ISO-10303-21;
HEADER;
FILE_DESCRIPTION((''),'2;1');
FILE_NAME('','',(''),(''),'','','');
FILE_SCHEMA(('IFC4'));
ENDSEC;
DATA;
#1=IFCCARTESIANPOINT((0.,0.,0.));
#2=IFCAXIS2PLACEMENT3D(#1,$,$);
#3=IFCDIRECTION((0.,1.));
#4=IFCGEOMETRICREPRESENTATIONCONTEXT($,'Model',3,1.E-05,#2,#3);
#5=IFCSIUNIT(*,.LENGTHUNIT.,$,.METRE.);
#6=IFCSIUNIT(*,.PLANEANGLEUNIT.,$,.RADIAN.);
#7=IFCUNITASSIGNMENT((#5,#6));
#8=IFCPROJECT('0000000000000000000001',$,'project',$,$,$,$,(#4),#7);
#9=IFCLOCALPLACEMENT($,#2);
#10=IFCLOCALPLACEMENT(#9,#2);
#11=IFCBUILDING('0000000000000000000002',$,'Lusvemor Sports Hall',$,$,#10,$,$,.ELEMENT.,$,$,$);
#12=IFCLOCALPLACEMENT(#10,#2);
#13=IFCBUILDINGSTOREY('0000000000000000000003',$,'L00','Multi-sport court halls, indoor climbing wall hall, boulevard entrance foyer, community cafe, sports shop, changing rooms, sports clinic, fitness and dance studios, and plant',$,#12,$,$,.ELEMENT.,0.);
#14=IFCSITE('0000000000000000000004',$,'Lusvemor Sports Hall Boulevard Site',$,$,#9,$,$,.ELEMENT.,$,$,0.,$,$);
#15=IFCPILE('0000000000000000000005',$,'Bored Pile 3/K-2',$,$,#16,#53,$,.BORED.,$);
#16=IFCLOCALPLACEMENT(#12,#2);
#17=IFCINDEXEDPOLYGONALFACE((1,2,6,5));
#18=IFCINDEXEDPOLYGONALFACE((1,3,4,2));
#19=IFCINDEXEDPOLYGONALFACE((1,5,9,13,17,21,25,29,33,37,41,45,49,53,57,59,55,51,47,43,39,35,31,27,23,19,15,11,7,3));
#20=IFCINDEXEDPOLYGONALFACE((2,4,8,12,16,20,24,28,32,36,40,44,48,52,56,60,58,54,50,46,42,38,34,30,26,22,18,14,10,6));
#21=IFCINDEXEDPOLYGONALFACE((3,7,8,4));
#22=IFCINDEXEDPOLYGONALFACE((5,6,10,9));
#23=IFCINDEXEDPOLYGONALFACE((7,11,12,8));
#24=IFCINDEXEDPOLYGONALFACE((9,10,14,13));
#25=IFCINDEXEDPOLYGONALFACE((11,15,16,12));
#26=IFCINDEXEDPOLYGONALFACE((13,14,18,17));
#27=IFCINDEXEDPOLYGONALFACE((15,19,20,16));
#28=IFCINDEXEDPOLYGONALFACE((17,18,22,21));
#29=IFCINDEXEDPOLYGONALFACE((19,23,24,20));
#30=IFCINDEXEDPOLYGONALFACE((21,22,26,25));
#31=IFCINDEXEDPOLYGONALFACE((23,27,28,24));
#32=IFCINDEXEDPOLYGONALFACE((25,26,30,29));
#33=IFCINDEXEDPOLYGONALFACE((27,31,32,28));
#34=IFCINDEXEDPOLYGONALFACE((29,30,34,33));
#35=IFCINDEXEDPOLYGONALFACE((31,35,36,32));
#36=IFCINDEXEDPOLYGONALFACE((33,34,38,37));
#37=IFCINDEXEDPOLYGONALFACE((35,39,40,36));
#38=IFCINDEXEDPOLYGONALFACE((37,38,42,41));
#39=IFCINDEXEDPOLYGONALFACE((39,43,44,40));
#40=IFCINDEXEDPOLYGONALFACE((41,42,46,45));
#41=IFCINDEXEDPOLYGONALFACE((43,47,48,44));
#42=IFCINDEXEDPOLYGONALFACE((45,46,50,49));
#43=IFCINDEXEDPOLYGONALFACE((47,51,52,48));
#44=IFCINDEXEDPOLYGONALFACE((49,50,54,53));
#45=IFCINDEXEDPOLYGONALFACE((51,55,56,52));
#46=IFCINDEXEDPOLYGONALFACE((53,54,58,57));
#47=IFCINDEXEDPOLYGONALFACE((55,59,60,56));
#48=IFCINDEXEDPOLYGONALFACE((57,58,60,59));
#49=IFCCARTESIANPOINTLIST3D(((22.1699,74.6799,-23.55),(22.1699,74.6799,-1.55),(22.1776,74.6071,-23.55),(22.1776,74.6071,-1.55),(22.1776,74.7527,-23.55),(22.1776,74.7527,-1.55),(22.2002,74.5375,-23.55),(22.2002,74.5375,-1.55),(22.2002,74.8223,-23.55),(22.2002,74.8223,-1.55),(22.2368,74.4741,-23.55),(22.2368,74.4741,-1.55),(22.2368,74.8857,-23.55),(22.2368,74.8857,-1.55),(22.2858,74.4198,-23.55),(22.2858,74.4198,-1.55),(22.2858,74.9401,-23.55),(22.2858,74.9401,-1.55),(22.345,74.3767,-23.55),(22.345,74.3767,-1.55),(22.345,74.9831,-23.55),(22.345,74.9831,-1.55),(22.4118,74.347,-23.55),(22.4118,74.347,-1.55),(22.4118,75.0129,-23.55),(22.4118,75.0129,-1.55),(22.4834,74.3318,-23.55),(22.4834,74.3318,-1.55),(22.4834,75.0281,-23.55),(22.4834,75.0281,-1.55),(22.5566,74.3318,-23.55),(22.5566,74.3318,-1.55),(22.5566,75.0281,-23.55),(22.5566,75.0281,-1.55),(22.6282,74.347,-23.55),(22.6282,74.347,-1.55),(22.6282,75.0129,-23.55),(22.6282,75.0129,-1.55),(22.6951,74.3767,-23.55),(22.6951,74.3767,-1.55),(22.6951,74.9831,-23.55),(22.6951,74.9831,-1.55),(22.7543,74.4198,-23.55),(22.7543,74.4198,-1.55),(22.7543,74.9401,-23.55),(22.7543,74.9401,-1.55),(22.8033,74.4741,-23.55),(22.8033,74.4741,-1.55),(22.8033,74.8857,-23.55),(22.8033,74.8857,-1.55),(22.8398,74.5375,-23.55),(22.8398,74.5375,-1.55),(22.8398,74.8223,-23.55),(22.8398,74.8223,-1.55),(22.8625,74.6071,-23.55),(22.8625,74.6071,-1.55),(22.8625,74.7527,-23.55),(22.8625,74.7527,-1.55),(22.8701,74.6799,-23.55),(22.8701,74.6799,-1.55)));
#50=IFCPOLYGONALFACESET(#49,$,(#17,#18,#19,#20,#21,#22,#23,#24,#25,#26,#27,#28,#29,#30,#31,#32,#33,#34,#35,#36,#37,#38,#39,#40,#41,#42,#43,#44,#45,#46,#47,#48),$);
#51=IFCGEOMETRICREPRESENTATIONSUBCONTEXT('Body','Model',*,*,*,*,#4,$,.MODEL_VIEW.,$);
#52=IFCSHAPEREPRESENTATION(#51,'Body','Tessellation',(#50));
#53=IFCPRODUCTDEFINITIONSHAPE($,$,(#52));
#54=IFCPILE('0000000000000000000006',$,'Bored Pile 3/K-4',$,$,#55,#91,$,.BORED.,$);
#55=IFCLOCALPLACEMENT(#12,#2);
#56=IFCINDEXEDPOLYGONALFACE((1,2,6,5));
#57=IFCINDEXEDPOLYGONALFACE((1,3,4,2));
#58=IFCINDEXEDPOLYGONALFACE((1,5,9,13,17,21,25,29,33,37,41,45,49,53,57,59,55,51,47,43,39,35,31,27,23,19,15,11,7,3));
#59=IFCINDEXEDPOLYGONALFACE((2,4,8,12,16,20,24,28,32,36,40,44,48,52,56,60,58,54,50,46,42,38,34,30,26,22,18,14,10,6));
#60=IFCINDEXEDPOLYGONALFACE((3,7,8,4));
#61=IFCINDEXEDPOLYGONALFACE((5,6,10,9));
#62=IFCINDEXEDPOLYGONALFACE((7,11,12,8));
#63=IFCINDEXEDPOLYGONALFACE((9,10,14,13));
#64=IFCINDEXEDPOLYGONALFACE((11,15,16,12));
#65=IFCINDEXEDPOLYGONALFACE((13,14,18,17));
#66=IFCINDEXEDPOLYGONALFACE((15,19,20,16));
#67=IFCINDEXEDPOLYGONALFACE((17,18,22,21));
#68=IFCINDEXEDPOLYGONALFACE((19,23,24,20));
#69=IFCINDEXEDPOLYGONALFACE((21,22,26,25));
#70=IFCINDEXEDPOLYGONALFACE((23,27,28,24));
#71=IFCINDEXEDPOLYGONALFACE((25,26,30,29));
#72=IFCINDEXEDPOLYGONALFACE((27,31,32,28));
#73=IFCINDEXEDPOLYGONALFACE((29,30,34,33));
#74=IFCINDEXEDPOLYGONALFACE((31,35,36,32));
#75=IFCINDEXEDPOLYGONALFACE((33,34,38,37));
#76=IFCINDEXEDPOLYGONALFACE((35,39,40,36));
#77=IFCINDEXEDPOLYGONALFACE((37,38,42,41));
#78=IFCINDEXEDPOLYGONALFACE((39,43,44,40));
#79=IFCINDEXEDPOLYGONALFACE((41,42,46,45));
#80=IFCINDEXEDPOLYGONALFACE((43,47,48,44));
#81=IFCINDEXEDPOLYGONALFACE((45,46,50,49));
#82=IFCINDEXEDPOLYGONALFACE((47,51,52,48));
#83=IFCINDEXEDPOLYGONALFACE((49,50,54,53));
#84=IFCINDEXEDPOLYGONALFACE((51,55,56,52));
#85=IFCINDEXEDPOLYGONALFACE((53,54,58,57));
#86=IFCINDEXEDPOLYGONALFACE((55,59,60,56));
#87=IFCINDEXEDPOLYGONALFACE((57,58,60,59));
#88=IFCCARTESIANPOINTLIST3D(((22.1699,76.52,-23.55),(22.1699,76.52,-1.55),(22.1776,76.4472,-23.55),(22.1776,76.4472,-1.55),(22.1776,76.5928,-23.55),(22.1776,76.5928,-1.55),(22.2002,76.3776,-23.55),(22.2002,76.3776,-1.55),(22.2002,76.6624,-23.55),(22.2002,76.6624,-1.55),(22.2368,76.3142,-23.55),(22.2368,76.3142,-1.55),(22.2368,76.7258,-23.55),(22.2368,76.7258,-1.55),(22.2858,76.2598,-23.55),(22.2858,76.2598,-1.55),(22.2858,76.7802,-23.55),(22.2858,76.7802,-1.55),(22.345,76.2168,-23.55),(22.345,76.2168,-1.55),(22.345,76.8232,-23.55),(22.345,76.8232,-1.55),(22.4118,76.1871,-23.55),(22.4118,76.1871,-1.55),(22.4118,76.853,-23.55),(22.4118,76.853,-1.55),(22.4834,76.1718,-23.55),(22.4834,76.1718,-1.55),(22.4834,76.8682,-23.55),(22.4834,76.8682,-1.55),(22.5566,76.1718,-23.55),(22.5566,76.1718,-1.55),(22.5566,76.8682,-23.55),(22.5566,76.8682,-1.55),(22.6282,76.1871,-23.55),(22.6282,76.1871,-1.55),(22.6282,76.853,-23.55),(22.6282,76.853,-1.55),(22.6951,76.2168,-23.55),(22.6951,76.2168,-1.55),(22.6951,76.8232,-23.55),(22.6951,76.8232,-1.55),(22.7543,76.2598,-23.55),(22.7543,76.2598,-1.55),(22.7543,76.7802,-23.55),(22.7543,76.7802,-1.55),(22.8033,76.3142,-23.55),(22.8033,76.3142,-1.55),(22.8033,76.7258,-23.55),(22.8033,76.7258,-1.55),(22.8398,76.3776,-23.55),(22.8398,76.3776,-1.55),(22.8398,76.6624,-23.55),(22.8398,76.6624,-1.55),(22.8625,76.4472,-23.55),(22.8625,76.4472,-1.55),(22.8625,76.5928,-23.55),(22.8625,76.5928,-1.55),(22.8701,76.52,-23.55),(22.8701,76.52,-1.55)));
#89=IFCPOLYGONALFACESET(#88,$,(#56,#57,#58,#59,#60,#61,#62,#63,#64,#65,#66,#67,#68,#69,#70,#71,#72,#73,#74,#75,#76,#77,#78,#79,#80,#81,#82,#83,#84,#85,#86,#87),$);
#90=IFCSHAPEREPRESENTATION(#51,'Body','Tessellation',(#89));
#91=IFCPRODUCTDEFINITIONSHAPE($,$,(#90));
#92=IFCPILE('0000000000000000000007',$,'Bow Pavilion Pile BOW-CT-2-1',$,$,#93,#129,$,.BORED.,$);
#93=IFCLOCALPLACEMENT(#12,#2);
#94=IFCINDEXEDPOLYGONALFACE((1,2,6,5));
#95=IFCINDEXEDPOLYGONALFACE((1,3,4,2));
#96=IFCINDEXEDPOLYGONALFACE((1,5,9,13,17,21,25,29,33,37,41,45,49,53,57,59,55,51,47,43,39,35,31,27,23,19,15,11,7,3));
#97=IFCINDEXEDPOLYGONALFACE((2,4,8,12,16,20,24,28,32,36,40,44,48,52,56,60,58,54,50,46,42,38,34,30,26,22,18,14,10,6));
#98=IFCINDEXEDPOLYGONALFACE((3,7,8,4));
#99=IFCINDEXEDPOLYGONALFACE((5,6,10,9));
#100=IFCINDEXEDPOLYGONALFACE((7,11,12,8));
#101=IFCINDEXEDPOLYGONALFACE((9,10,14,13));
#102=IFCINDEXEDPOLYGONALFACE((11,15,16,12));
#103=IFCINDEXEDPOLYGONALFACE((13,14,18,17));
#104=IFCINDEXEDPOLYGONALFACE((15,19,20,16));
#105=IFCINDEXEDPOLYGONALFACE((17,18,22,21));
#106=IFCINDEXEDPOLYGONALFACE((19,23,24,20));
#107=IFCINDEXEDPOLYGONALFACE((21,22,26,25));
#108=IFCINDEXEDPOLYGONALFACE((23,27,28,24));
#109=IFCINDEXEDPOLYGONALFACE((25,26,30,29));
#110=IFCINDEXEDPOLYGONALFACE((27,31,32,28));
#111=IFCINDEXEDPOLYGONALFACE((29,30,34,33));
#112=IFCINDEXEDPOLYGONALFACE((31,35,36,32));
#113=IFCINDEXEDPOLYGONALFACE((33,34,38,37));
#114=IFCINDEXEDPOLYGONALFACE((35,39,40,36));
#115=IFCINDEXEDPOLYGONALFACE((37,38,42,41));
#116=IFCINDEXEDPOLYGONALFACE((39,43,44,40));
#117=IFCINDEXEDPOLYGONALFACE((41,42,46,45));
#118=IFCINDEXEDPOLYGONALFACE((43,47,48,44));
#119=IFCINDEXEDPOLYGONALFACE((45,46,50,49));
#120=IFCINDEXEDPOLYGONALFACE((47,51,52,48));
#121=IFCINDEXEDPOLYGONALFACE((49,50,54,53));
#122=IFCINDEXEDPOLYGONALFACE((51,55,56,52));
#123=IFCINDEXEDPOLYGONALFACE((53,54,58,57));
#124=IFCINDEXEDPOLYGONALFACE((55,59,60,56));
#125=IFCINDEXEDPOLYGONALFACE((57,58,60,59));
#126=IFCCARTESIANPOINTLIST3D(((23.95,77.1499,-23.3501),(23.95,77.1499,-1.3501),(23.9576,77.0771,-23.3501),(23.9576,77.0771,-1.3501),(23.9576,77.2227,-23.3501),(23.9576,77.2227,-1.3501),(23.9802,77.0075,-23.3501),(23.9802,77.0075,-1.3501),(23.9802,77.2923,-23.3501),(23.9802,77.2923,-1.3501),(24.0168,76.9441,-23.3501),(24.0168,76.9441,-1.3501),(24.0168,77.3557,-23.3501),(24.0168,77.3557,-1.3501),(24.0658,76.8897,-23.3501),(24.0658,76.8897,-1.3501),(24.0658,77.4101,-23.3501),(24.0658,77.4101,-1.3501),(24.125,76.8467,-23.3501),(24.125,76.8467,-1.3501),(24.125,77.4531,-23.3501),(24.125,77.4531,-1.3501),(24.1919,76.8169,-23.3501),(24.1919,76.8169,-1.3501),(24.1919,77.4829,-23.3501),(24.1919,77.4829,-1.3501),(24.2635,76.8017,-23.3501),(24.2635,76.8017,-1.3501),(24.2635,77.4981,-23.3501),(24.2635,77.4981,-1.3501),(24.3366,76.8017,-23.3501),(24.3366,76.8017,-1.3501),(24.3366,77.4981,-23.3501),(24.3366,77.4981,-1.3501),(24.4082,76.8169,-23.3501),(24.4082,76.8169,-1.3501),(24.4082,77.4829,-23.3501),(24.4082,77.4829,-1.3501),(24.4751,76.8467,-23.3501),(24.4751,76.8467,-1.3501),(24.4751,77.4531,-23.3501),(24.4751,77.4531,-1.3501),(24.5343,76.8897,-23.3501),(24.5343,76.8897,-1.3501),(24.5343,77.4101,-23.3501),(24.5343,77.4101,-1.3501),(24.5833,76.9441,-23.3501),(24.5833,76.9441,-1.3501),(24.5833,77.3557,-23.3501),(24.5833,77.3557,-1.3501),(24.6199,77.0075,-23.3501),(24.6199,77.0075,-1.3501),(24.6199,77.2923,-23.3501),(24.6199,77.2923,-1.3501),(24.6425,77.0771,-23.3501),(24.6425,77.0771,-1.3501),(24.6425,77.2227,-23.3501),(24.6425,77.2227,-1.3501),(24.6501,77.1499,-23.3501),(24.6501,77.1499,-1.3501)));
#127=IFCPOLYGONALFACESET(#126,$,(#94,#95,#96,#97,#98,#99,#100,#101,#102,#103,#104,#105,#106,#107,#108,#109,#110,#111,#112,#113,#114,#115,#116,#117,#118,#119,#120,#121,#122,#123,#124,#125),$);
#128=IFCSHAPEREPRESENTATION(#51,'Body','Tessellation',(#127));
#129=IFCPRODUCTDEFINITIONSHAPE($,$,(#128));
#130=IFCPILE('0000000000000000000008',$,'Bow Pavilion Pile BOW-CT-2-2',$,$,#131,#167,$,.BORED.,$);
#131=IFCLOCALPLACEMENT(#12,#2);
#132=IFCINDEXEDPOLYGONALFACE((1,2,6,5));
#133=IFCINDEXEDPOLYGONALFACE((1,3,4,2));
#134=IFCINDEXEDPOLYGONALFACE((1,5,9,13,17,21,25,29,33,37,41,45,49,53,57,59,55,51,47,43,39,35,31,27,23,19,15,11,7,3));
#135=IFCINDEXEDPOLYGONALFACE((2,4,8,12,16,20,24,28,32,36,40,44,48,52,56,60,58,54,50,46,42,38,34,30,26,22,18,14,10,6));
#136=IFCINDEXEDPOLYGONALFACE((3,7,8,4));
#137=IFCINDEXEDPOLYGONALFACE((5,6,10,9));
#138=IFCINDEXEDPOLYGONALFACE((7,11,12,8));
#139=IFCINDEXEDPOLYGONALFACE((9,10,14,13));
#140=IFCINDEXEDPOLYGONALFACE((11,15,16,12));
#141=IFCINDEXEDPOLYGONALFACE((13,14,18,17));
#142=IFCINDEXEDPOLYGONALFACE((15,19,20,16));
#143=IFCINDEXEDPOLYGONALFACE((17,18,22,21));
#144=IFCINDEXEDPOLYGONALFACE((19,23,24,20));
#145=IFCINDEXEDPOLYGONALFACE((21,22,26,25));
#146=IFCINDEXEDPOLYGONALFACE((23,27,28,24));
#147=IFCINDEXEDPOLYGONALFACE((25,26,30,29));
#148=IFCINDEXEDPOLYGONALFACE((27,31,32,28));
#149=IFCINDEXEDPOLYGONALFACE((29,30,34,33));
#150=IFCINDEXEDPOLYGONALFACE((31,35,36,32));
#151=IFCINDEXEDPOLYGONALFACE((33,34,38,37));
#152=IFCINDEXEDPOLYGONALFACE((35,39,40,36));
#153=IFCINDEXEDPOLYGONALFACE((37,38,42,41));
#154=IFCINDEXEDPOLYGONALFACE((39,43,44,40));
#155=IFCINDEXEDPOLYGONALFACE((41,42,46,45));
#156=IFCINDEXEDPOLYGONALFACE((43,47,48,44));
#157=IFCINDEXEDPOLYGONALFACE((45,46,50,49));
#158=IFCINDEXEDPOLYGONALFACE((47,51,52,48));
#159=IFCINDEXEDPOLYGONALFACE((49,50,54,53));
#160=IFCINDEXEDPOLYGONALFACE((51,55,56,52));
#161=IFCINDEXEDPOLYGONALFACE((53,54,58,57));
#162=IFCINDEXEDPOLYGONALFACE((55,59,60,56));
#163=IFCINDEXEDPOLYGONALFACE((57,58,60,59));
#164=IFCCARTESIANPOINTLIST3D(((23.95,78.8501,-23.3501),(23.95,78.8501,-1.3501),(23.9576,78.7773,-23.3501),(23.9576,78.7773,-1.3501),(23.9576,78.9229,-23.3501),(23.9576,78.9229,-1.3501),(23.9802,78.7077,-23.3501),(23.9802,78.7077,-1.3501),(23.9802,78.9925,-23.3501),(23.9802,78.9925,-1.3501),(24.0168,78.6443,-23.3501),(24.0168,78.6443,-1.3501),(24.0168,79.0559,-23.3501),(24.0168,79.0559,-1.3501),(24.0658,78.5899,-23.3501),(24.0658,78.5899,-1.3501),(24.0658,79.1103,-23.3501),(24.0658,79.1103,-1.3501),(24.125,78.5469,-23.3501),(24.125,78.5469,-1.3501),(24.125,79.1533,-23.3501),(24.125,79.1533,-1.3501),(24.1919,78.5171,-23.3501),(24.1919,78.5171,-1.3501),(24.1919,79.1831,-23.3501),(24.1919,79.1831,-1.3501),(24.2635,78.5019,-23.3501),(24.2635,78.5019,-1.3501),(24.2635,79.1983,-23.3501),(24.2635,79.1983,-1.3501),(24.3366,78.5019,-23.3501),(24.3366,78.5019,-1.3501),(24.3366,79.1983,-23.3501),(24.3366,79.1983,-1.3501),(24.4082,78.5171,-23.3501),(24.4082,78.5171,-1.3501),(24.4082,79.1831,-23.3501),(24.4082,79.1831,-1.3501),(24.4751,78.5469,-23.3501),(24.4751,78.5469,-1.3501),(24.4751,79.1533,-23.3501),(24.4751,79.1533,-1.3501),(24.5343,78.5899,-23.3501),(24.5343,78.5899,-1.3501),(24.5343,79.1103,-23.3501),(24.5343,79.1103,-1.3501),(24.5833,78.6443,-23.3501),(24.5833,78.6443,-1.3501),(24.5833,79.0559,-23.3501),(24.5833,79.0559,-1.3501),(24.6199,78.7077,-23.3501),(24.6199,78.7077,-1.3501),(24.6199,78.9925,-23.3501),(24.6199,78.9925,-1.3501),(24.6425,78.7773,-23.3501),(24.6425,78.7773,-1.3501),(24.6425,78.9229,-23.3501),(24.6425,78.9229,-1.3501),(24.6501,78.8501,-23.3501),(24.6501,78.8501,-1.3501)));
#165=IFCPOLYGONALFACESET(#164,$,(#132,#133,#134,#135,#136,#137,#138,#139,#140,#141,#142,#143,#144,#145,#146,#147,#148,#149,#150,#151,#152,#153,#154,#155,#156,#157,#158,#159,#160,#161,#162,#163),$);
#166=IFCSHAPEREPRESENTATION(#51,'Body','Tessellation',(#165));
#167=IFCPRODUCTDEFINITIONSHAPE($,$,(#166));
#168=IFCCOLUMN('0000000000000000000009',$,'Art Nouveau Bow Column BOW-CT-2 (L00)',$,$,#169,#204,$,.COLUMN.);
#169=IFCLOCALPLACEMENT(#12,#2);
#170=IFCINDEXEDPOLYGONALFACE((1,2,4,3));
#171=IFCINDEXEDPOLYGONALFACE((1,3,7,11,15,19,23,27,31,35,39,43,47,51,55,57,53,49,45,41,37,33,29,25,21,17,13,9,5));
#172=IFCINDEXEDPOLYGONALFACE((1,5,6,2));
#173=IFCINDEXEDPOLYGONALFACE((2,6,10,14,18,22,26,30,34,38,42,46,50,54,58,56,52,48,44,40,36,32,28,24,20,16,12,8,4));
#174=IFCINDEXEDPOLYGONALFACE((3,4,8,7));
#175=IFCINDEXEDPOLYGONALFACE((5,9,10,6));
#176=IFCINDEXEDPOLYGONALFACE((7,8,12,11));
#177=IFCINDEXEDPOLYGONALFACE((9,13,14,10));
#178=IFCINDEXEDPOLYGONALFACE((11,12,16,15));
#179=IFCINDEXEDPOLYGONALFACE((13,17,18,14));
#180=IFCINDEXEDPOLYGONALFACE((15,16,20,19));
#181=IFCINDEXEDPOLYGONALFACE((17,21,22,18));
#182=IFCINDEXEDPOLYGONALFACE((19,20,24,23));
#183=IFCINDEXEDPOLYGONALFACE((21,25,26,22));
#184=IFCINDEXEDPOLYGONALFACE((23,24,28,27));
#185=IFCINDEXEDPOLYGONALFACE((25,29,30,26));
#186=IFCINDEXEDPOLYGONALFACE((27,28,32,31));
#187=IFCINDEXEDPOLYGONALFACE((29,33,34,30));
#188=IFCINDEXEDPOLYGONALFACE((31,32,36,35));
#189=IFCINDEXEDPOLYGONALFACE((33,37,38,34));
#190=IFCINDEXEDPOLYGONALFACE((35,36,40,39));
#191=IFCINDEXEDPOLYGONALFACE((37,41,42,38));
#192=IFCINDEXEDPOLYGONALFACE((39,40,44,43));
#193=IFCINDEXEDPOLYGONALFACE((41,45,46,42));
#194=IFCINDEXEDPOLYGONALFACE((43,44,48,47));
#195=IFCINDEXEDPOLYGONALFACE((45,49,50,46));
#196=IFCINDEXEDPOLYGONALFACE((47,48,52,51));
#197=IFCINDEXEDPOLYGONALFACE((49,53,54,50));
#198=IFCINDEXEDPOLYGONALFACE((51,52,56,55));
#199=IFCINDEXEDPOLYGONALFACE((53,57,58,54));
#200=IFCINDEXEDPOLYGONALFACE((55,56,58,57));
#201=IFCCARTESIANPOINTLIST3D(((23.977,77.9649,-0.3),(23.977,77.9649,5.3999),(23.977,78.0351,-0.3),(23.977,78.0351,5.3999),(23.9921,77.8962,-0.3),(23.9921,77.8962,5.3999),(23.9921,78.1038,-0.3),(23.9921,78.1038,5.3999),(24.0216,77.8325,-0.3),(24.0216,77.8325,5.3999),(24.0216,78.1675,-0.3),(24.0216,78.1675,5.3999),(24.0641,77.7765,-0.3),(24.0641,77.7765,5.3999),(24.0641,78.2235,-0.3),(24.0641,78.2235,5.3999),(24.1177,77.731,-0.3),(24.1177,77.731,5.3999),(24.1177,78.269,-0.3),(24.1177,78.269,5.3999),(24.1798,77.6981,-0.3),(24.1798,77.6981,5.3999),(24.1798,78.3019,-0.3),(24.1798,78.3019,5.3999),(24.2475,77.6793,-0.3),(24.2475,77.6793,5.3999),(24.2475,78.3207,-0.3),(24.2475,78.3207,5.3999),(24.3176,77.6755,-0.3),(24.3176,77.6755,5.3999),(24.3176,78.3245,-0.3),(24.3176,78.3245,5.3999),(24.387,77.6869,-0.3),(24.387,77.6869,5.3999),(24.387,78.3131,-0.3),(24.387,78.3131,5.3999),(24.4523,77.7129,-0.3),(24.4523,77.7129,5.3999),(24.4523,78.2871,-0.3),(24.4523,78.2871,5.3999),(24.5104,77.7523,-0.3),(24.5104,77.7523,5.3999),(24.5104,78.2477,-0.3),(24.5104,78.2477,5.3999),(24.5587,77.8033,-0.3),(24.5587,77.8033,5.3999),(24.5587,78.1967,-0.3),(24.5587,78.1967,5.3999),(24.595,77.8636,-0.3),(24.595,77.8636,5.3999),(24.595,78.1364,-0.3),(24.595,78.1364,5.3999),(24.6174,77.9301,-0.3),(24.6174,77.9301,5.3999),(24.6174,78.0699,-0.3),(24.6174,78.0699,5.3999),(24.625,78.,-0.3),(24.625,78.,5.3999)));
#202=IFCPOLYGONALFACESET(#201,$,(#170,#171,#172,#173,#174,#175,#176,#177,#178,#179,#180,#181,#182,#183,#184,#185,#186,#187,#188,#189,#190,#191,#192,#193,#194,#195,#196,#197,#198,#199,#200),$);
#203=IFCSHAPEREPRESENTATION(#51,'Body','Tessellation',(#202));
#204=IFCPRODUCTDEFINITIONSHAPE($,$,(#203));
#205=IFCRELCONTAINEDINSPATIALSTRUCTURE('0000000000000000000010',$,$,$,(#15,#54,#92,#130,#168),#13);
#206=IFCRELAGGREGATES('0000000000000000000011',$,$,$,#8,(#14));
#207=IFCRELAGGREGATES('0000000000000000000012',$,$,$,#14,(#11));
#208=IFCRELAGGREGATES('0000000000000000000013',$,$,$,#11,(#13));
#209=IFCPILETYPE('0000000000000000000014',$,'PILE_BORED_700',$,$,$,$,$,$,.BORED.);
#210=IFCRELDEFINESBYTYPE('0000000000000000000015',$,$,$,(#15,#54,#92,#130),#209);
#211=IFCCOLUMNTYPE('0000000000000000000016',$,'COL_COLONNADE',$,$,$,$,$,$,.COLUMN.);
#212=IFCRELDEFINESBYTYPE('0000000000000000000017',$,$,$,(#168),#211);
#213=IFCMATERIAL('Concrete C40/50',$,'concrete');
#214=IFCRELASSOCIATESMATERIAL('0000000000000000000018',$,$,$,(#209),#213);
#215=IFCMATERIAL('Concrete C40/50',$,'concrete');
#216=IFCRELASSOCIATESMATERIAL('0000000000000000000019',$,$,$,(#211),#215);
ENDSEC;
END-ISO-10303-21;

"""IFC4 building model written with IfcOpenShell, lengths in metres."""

from ifc_helpers import new_model, si_unit, direction, frame, origin, origin_2d, place, context, subcontext, project, spatial, circle, extrude, material, material_profile, profile_set, type_object, element, save


model = new_model("IFC4")

# Units and contexts
model_context = context("Model", 3, precision=1e-05, world=origin(), true_north=direction((0.0, 1.0)))
body_context = subcontext(model_context, "Body", "Model", "MODEL_VIEW")
ifc_project = project(units=[si_unit("LENGTHUNIT", "METRE"), si_unit("PLANEANGLEUNIT", "RADIAN")], contexts=[model_context])

# Site, building, storey
site_placement = place(None, origin())
site = spatial("IfcSite", under=ifc_project, at=site_placement, Name="Lusvemor Sports Hall Boulevard Site", CompositionType="ELEMENT", RefElevation=0.0)
building_placement = place(site_placement, origin())
building = spatial("IfcBuilding", under=site, at=building_placement, Name="Lusvemor Sports Hall", CompositionType="ELEMENT")
storey_placement = place(building_placement, origin())
storey = spatial("IfcBuildingStorey", under=building, at=storey_placement, Name="L00", Description="Multi-sport court halls, indoor climbing wall hall, boulevard entrance foyer, community cafe, sports shop, changing rooms, sports clinic, fitness and dance studios, and plant", CompositionType="ELEMENT", Elevation=0.0)

# Piles
ifc_material_1 = material(Name="Concrete C40/50", Category="concrete")
ifc_material_profile_1 = material_profile(ifc_material_1, circle(Radius=0.3501, at=origin_2d()), Name="PILE700")
ifc_profile_set_1 = profile_set([ifc_material_profile_1], Name="Concrete C40/50")
pile_type = type_object("IfcPileType", Name="PILE_BORED_700", PredefinedType="BORED", material=ifc_profile_set_1)
for number, where, z_axis, x_axis, name in (
    (1, (22.52, 74.6799, -1.55), (0.0, 0.0, -1.0), (1.0, 0.0, 0.0), "Bored Pile 3/K-2"),
    (2, (22.52, 76.52, -1.55), (0.0, 0.0, -1.0), (1.0, 0.0, 0.0), "Bored Pile 3/K-4"),
    (3, (24.3, 77.1499, -1.3501), (0.0, 0.0, -1.0), (1.0, 0.0, 0.0), "Bow Pavilion Pile BOW-CT-2-1"),
    (4, (24.3, 78.8501, -1.3501), (0.0, 0.0, -1.0), (1.0, 0.0, 0.0), "Bow Pavilion Pile BOW-CT-2-2"),
):
    element("IfcPile", number, at=place(storey_placement, frame(where, z_axis=z_axis, x_axis=x_axis)), inside=storey, type_object=pile_type, Name=name, PredefinedType="BORED", context=body_context, shape_type="SweptSolid", body=[
        extrude(circle(Radius=0.3501, at=origin_2d()), origin(), (0.0, 0.0, 1.0), 22.0),
    ])

# Column
ifc_material_2 = material(Name="Concrete C40/50", Category="concrete")
ifc_material_profile_2 = material_profile(ifc_material_2, circle(Radius=0.325, at=origin_2d()), Name="RCCIRC650")
ifc_profile_set_2 = profile_set([ifc_material_profile_2], Name="Concrete C40/50")
column_type = type_object("IfcColumnType", Name="COL_COLONNADE", PredefinedType="COLUMN", material=ifc_profile_set_2)
column_placement = place(storey_placement, frame((24.3, 78.0, -0.3), z_axis=(0.0, 0.0, 1.0), x_axis=(1.0, 0.0, 0.0)))
element("IfcColumn", 5, at=column_placement, inside=storey, type_object=column_type, Name="Art Nouveau Bow Column BOW-CT-2 (L00)", PredefinedType="COLUMN", context=body_context, shape_type="SweptSolid", body=[
    extrude(circle(Radius=0.325, at=origin_2d()), origin(), (0.0, 0.0, 1.0), 5.7),
])

save(model, "model.ifc")
